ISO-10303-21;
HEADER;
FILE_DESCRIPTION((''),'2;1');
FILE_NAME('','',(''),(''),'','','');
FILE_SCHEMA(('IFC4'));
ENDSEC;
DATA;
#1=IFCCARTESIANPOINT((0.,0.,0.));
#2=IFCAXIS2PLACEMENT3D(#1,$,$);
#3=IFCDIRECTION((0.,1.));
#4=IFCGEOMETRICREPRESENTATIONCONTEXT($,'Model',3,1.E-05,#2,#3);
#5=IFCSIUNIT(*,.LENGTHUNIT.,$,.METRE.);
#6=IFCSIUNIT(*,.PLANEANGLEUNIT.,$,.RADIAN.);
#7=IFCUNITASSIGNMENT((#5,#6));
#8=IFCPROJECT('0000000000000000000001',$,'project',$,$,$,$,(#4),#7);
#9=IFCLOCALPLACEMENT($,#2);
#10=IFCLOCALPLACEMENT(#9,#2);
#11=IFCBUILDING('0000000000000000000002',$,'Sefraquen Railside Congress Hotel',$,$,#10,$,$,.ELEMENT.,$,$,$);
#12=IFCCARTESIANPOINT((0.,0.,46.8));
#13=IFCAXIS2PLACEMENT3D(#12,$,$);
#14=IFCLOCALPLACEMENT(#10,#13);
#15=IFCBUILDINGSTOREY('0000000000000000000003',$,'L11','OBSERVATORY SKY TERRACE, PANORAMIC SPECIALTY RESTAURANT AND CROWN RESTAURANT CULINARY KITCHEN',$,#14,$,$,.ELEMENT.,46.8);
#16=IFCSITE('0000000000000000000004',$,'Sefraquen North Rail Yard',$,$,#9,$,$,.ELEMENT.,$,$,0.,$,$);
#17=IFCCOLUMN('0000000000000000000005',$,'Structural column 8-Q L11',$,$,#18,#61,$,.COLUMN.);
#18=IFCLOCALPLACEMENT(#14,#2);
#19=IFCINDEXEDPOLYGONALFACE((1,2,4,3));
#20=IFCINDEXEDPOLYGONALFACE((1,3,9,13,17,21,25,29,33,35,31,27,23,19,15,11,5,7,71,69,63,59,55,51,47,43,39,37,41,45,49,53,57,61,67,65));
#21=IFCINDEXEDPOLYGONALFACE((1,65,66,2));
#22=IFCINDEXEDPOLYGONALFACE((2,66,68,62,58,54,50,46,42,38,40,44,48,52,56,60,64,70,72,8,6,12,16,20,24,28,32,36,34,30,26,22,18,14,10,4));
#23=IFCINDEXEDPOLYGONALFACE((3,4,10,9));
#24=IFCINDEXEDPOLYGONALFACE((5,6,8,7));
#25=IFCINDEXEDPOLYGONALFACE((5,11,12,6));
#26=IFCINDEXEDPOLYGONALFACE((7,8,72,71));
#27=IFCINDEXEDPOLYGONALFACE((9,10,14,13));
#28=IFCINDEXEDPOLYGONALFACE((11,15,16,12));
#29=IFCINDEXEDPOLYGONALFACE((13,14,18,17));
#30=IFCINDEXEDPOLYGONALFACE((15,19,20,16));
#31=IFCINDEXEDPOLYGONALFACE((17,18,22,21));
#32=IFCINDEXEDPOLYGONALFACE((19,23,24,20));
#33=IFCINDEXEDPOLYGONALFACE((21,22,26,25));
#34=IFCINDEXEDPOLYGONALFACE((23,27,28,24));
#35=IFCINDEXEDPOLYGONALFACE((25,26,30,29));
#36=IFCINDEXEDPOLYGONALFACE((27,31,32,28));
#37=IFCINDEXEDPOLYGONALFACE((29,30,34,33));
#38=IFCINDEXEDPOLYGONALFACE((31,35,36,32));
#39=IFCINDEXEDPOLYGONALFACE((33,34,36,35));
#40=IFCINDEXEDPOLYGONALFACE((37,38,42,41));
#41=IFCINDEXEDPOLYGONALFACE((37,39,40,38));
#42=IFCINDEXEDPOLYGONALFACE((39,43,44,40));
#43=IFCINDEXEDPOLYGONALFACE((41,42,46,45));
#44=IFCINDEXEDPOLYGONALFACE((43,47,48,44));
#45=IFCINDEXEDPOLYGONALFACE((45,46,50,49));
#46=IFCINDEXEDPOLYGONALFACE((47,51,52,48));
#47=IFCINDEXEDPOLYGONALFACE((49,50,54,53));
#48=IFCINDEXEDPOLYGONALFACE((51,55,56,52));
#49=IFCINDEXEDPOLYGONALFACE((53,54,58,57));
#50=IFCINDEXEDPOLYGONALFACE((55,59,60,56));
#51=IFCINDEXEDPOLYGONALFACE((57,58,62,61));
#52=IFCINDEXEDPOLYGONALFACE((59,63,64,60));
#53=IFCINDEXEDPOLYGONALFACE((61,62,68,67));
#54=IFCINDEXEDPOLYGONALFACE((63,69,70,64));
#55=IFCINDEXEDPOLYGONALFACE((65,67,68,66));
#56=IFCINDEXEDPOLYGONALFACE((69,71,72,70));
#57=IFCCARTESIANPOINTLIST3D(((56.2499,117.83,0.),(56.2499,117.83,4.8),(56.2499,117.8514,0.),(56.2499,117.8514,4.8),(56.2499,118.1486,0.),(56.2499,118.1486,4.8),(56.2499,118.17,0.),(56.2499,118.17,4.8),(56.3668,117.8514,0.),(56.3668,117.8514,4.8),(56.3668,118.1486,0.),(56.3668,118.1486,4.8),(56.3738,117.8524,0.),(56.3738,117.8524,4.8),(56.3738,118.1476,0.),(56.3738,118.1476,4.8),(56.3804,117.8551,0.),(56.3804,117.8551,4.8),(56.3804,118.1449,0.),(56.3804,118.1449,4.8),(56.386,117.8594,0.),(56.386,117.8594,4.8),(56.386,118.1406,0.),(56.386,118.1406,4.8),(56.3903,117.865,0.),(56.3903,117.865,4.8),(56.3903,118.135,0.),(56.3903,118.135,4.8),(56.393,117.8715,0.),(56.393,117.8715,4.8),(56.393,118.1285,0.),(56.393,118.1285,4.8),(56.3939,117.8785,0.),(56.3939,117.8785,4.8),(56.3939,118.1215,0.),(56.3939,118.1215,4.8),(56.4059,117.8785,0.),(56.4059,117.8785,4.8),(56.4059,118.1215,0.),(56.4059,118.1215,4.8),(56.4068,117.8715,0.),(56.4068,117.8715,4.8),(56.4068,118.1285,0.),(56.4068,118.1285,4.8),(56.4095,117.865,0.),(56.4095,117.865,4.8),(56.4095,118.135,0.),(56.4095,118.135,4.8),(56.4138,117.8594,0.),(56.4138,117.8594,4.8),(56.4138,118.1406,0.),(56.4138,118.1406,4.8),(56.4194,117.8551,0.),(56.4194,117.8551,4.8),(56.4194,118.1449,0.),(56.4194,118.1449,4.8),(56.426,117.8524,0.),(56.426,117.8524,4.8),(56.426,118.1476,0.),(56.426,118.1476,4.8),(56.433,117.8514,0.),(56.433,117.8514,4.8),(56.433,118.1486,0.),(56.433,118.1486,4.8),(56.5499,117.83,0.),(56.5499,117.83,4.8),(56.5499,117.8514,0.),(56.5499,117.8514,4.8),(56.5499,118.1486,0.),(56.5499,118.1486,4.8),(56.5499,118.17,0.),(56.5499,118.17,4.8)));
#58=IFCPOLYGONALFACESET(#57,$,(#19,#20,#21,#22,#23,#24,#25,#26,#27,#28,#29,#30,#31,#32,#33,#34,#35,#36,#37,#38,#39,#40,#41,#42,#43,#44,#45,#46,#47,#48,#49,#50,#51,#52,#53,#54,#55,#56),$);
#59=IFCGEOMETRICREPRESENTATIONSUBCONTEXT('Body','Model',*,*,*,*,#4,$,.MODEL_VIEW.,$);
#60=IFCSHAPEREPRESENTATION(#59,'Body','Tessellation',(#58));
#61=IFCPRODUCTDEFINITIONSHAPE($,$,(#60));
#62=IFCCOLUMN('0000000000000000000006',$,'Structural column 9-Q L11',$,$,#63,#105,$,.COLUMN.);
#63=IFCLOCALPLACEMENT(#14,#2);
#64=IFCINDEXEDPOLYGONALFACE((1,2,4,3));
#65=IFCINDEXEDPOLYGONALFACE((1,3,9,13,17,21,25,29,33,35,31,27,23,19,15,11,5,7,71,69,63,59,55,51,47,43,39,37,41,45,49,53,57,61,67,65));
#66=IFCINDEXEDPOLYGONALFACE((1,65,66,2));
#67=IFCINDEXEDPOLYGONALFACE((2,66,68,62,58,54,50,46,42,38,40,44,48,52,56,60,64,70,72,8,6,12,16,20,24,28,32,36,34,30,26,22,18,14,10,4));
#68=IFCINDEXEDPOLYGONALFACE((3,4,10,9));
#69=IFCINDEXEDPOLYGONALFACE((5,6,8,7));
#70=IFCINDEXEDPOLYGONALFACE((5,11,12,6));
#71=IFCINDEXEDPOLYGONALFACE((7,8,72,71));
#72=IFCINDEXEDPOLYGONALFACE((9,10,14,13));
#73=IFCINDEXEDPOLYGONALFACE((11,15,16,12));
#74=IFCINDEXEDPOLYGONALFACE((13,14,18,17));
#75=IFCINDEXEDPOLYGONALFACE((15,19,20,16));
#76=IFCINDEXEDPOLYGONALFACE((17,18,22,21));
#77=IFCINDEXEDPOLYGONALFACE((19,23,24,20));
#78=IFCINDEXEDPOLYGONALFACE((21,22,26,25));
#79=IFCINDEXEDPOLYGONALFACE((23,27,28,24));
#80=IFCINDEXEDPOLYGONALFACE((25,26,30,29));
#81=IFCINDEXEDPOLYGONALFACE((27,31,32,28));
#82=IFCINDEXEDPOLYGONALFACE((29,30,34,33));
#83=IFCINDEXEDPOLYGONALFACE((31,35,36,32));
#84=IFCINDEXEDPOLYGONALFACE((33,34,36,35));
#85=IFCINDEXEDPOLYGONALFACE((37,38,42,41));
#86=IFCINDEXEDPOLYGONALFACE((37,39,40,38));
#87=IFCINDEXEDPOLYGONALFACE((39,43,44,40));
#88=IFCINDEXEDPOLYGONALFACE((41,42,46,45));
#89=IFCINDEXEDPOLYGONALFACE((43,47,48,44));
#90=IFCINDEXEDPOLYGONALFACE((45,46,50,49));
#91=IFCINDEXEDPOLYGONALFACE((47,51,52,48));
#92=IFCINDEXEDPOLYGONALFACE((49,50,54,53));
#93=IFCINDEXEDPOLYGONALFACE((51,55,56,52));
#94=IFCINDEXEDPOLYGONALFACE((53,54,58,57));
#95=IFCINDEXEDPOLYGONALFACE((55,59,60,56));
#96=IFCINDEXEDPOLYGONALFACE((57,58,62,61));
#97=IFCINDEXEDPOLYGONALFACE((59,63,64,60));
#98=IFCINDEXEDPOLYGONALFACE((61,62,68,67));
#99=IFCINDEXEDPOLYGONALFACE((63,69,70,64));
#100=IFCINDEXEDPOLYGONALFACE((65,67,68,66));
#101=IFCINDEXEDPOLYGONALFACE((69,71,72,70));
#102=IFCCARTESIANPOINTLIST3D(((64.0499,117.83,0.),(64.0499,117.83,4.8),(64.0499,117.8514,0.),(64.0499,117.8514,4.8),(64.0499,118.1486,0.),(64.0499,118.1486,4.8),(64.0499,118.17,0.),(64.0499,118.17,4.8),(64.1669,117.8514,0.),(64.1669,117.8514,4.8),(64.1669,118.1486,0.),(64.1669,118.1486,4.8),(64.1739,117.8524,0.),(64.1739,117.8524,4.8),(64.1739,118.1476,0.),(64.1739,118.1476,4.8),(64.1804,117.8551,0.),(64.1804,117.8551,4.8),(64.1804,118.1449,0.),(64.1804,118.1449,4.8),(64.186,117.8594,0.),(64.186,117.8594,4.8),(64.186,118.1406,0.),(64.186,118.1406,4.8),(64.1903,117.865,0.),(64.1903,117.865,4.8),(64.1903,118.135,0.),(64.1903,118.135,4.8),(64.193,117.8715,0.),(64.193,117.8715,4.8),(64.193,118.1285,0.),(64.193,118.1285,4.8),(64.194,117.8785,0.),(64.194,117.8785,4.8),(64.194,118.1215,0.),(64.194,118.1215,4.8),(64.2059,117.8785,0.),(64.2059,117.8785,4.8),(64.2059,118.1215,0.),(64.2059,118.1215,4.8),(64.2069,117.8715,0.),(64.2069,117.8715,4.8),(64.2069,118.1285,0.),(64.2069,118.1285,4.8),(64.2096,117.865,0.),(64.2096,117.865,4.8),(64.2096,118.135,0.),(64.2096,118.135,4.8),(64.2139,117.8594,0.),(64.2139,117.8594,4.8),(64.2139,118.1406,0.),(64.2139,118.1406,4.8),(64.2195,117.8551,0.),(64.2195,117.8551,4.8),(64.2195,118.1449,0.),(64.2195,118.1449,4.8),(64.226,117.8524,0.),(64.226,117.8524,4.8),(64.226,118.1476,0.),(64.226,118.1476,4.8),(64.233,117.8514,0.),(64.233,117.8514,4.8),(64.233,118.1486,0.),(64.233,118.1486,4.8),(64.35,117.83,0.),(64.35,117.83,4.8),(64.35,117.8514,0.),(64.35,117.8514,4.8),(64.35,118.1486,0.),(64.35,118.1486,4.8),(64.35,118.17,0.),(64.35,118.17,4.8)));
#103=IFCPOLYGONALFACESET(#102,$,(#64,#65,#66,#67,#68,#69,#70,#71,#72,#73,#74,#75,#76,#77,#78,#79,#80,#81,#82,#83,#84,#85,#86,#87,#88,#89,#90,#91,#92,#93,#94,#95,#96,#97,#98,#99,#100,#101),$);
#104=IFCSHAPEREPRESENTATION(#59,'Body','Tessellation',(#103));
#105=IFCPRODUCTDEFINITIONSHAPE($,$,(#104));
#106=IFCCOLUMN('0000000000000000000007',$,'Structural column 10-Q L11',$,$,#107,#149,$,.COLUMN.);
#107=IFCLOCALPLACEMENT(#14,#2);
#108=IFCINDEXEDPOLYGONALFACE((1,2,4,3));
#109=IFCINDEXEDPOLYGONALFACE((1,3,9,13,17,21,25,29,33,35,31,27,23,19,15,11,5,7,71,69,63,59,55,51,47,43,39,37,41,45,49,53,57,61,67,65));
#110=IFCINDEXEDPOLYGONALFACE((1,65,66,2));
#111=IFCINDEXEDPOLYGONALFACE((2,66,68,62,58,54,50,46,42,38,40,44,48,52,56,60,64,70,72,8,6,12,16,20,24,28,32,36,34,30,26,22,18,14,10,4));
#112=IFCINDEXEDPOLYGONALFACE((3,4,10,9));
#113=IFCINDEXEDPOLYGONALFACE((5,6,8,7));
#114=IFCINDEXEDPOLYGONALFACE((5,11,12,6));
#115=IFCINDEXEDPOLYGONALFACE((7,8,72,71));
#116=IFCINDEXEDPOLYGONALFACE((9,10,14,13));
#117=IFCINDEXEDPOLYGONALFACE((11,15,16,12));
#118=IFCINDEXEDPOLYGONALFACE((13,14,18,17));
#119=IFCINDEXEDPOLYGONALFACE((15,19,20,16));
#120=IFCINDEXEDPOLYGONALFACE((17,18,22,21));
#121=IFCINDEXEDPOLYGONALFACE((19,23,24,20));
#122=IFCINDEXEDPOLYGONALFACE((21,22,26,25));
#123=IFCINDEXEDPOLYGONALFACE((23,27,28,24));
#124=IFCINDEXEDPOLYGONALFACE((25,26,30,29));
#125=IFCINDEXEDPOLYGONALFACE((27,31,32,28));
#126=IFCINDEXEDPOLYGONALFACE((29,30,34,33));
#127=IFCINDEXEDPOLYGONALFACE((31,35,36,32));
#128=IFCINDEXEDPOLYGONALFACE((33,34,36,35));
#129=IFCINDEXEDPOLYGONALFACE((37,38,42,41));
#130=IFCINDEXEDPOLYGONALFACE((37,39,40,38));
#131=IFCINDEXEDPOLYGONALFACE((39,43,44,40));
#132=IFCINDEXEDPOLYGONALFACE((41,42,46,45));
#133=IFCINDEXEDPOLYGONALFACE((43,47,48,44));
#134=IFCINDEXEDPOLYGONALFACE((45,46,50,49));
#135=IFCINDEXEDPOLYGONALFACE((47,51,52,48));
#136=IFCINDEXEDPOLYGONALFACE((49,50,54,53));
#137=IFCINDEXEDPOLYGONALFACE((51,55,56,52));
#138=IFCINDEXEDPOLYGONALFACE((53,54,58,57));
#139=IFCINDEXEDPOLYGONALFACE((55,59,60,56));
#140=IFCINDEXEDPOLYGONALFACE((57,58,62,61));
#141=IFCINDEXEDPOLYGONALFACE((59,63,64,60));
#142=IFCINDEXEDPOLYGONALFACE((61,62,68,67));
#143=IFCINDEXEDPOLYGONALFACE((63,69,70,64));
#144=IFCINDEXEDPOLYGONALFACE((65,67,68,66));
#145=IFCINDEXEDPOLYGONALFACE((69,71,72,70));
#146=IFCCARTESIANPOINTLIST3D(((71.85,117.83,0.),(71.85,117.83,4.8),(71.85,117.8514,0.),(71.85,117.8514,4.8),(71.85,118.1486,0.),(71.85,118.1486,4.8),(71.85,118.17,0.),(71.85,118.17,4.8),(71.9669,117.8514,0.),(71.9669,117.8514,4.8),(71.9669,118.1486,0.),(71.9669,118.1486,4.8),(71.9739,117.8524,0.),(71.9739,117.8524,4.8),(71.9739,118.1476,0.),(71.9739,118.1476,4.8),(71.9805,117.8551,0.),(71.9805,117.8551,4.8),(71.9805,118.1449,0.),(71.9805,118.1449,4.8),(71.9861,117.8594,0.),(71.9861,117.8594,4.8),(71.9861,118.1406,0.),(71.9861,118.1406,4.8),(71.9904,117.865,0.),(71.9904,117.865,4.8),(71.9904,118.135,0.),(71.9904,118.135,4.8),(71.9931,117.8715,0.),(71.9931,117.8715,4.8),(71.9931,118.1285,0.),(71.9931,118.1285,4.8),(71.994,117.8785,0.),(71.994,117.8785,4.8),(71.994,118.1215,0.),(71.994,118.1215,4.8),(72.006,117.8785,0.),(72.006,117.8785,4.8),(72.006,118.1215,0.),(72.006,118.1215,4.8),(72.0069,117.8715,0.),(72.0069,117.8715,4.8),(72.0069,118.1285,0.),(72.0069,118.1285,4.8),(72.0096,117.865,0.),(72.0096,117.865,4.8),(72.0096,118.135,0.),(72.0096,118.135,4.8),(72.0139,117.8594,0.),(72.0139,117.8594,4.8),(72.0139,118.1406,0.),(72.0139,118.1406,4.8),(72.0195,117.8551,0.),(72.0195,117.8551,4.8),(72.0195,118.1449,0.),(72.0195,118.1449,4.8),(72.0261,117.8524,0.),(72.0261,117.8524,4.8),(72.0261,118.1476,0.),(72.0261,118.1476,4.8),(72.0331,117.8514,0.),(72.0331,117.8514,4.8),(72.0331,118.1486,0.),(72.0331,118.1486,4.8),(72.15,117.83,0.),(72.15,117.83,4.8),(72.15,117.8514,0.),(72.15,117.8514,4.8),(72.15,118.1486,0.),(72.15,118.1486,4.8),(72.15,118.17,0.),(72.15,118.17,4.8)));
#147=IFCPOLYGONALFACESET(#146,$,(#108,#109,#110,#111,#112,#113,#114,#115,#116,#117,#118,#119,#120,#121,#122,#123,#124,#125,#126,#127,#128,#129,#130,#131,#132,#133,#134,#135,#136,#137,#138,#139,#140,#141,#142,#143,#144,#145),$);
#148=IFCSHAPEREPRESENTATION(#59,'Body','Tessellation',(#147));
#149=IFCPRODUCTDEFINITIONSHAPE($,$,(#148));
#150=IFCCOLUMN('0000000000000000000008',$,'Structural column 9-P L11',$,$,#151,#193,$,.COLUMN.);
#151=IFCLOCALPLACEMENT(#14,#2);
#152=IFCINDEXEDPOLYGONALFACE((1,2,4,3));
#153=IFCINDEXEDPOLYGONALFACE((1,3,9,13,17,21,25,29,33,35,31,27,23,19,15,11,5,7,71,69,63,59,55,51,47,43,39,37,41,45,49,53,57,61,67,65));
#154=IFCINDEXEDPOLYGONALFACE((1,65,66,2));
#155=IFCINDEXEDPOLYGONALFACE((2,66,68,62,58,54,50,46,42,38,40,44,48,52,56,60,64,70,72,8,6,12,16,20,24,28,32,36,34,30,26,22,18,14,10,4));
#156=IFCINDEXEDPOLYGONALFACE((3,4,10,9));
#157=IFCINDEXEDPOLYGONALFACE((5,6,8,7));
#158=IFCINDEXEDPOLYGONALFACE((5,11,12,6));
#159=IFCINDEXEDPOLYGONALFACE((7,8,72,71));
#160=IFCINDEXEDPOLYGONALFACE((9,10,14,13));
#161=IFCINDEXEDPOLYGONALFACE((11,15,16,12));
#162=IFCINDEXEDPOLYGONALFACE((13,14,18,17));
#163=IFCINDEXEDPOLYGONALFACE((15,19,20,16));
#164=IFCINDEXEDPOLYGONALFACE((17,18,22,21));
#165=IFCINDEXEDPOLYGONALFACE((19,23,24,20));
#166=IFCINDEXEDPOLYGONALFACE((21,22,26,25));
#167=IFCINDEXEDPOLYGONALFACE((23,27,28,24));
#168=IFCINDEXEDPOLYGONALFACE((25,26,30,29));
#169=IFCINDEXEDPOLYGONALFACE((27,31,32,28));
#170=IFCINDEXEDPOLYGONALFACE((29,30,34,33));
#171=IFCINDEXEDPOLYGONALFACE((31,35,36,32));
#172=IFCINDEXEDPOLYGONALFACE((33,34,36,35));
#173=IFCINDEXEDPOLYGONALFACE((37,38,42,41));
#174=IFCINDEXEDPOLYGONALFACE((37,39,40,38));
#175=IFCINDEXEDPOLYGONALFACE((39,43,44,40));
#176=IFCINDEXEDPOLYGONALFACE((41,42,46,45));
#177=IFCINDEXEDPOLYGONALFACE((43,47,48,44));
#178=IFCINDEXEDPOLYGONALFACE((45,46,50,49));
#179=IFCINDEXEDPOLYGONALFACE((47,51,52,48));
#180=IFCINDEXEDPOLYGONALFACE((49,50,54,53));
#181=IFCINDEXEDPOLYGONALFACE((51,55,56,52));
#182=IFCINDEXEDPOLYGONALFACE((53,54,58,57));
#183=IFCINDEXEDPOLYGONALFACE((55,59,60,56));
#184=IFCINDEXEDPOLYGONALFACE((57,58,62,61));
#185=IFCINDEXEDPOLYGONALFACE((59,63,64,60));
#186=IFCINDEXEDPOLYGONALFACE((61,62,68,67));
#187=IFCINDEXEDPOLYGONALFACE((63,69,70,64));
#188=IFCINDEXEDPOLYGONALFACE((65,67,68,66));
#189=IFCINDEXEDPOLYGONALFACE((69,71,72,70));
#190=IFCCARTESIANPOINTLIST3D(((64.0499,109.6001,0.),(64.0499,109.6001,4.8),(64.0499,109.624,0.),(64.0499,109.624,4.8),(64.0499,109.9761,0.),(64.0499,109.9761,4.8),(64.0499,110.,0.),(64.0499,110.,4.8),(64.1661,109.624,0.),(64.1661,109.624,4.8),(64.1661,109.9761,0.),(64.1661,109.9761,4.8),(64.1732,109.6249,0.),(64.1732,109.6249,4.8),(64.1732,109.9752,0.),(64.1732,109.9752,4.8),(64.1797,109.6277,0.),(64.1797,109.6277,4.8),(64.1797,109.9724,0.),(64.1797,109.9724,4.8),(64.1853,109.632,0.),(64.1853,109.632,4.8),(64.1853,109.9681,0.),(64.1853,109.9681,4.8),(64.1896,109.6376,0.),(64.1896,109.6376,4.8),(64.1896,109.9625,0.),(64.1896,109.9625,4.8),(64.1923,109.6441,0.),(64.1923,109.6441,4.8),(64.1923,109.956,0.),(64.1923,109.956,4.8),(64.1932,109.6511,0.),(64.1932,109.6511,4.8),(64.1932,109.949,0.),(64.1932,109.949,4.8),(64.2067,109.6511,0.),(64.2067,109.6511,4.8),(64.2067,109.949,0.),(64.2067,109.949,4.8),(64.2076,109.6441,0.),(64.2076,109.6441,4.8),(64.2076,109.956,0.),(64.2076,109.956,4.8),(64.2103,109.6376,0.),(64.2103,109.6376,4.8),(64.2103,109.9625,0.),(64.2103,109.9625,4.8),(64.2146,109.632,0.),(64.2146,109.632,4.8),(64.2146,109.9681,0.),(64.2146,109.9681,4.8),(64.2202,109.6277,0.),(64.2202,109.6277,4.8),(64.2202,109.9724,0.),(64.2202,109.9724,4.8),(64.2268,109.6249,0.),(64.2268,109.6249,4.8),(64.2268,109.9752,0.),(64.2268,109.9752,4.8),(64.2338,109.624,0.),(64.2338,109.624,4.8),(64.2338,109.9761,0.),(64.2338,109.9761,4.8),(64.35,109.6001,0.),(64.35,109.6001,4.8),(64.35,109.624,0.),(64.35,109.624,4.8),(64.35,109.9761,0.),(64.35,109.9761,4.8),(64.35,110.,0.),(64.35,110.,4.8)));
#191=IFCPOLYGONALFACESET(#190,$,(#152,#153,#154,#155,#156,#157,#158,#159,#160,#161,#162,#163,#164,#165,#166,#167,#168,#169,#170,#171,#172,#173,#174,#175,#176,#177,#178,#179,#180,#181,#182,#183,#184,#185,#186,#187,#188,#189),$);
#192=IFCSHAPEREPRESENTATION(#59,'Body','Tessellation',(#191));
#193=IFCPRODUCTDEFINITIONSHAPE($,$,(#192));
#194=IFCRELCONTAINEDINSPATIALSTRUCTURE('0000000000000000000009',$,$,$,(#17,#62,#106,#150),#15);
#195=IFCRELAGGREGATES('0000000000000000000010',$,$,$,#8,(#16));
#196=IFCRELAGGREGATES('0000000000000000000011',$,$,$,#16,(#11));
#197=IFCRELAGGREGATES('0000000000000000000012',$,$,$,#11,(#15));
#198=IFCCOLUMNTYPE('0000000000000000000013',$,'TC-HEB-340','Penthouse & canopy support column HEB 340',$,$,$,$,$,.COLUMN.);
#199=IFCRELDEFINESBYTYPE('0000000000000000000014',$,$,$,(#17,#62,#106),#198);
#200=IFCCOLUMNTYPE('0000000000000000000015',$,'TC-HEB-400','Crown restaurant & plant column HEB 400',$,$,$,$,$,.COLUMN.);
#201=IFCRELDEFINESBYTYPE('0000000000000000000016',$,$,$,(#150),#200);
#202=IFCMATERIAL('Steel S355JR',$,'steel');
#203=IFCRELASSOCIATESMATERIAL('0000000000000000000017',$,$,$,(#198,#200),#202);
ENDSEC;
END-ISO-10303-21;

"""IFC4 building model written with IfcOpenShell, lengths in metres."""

from ifc_helpers import new_model, si_unit, direction, frame, origin, origin_2d, place, context, subcontext, project, spatial, i_section, extrude, material, material_profile, profile_set, type_object, element, save


model = new_model("IFC4")

# Units and contexts
model_context = context("Model", 3, precision=1e-05, world=origin(), true_north=direction((0.0, 1.0)))
body_context = subcontext(model_context, "Body", "Model", "MODEL_VIEW")
ifc_project = project(units=[si_unit("LENGTHUNIT", "METRE"), si_unit("PLANEANGLEUNIT", "RADIAN")], contexts=[model_context])

# Site, building, storey
site_placement = place(None, origin())
site = spatial("IfcSite", under=ifc_project, at=site_placement, Name="Sefraquen North Rail Yard", CompositionType="ELEMENT", RefElevation=0.0)
building_placement = place(site_placement, origin())
building = spatial("IfcBuilding", under=site, at=building_placement, Name="Sefraquen Railside Congress Hotel", CompositionType="ELEMENT")
storey_placement = place(building_placement, frame((0.0, 0.0, 46.8)))
storey = spatial("IfcBuildingStorey", under=building, at=storey_placement, Name="L11", Description="OBSERVATORY SKY TERRACE, PANORAMIC SPECIALTY RESTAURANT AND CROWN RESTAURANT CULINARY KITCHEN", CompositionType="ELEMENT", Elevation=46.8)

# Columns
ifc_material_1 = material(Name="Steel S355JR", Category="steel")
ifc_material_profile_1 = material_profile(ifc_material_1, i_section(OverallWidth=0.3, OverallDepth=0.3401, WebThickness=0.012, FlangeThickness=0.0215, FilletRadius=0.0271, at=origin_2d()), Name="HEB 340")
ifc_profile_set_1 = profile_set([ifc_material_profile_1], Name="Steel S355JR")
column_type_1 = type_object("IfcColumnType", Name="TC-HEB-340", Description="Penthouse & canopy support column HEB 340", PredefinedType="COLUMN", material=ifc_profile_set_1)
for number, where, z_axis, x_axis, name in (
    (1, (56.3999, 118.0, 0.0), (0.0, 0.0, 1.0), (1.0, 0.0, 0.0), "Structural column 8-Q L11"),
    (2, (64.2, 118.0, 0.0), (0.0, 0.0, 1.0), (1.0, 0.0, 0.0), "Structural column 9-Q L11"),
    (3, (72.0, 118.0, 0.0), (0.0, 0.0, 1.0), (1.0, 0.0, 0.0), "Structural column 10-Q L11"),
):
    element("IfcColumn", number, at=place(storey_placement, frame(where, z_axis=z_axis, x_axis=x_axis)), inside=storey, type_object=column_type_1, Name=name, PredefinedType="COLUMN", context=body_context, shape_type="SweptSolid", body=[
        extrude(i_section(OverallWidth=0.3, OverallDepth=0.3401, WebThickness=0.012, FlangeThickness=0.0215, FilletRadius=0.0271, at=origin_2d()), origin(), (0.0, 0.0, 1.0), 4.8),
    ])
ifc_material_profile_2 = material_profile(ifc_material_1, i_section(OverallWidth=0.3, OverallDepth=0.3999, WebThickness=0.0134, FlangeThickness=0.0239, FilletRadius=0.0271, at=origin_2d()), Name="HEB 400")
ifc_profile_set_2 = profile_set([ifc_material_profile_2], Name="Steel S355JR")
column_type_2 = type_object("IfcColumnType", Name="TC-HEB-400", Description="Crown restaurant & plant column HEB 400", PredefinedType="COLUMN", material=ifc_profile_set_2)
for number, where, z_axis, x_axis, name in (
    (4, (64.2, 109.8, 0.0), (0.0, 0.0, 1.0), (1.0, 0.0, 0.0), "Structural column 9-P L11"),
):
    element("IfcColumn", number, at=place(storey_placement, frame(where, z_axis=z_axis, x_axis=x_axis)), inside=storey, type_object=column_type_2, Name=name, PredefinedType="COLUMN", context=body_context, shape_type="SweptSolid", body=[
        extrude(i_section(OverallWidth=0.3, OverallDepth=0.3999, WebThickness=0.0134, FlangeThickness=0.0239, FilletRadius=0.0271, at=origin_2d()), origin(), (0.0, 0.0, 1.0), 4.8),
    ])

save(model, "model.ifc")
